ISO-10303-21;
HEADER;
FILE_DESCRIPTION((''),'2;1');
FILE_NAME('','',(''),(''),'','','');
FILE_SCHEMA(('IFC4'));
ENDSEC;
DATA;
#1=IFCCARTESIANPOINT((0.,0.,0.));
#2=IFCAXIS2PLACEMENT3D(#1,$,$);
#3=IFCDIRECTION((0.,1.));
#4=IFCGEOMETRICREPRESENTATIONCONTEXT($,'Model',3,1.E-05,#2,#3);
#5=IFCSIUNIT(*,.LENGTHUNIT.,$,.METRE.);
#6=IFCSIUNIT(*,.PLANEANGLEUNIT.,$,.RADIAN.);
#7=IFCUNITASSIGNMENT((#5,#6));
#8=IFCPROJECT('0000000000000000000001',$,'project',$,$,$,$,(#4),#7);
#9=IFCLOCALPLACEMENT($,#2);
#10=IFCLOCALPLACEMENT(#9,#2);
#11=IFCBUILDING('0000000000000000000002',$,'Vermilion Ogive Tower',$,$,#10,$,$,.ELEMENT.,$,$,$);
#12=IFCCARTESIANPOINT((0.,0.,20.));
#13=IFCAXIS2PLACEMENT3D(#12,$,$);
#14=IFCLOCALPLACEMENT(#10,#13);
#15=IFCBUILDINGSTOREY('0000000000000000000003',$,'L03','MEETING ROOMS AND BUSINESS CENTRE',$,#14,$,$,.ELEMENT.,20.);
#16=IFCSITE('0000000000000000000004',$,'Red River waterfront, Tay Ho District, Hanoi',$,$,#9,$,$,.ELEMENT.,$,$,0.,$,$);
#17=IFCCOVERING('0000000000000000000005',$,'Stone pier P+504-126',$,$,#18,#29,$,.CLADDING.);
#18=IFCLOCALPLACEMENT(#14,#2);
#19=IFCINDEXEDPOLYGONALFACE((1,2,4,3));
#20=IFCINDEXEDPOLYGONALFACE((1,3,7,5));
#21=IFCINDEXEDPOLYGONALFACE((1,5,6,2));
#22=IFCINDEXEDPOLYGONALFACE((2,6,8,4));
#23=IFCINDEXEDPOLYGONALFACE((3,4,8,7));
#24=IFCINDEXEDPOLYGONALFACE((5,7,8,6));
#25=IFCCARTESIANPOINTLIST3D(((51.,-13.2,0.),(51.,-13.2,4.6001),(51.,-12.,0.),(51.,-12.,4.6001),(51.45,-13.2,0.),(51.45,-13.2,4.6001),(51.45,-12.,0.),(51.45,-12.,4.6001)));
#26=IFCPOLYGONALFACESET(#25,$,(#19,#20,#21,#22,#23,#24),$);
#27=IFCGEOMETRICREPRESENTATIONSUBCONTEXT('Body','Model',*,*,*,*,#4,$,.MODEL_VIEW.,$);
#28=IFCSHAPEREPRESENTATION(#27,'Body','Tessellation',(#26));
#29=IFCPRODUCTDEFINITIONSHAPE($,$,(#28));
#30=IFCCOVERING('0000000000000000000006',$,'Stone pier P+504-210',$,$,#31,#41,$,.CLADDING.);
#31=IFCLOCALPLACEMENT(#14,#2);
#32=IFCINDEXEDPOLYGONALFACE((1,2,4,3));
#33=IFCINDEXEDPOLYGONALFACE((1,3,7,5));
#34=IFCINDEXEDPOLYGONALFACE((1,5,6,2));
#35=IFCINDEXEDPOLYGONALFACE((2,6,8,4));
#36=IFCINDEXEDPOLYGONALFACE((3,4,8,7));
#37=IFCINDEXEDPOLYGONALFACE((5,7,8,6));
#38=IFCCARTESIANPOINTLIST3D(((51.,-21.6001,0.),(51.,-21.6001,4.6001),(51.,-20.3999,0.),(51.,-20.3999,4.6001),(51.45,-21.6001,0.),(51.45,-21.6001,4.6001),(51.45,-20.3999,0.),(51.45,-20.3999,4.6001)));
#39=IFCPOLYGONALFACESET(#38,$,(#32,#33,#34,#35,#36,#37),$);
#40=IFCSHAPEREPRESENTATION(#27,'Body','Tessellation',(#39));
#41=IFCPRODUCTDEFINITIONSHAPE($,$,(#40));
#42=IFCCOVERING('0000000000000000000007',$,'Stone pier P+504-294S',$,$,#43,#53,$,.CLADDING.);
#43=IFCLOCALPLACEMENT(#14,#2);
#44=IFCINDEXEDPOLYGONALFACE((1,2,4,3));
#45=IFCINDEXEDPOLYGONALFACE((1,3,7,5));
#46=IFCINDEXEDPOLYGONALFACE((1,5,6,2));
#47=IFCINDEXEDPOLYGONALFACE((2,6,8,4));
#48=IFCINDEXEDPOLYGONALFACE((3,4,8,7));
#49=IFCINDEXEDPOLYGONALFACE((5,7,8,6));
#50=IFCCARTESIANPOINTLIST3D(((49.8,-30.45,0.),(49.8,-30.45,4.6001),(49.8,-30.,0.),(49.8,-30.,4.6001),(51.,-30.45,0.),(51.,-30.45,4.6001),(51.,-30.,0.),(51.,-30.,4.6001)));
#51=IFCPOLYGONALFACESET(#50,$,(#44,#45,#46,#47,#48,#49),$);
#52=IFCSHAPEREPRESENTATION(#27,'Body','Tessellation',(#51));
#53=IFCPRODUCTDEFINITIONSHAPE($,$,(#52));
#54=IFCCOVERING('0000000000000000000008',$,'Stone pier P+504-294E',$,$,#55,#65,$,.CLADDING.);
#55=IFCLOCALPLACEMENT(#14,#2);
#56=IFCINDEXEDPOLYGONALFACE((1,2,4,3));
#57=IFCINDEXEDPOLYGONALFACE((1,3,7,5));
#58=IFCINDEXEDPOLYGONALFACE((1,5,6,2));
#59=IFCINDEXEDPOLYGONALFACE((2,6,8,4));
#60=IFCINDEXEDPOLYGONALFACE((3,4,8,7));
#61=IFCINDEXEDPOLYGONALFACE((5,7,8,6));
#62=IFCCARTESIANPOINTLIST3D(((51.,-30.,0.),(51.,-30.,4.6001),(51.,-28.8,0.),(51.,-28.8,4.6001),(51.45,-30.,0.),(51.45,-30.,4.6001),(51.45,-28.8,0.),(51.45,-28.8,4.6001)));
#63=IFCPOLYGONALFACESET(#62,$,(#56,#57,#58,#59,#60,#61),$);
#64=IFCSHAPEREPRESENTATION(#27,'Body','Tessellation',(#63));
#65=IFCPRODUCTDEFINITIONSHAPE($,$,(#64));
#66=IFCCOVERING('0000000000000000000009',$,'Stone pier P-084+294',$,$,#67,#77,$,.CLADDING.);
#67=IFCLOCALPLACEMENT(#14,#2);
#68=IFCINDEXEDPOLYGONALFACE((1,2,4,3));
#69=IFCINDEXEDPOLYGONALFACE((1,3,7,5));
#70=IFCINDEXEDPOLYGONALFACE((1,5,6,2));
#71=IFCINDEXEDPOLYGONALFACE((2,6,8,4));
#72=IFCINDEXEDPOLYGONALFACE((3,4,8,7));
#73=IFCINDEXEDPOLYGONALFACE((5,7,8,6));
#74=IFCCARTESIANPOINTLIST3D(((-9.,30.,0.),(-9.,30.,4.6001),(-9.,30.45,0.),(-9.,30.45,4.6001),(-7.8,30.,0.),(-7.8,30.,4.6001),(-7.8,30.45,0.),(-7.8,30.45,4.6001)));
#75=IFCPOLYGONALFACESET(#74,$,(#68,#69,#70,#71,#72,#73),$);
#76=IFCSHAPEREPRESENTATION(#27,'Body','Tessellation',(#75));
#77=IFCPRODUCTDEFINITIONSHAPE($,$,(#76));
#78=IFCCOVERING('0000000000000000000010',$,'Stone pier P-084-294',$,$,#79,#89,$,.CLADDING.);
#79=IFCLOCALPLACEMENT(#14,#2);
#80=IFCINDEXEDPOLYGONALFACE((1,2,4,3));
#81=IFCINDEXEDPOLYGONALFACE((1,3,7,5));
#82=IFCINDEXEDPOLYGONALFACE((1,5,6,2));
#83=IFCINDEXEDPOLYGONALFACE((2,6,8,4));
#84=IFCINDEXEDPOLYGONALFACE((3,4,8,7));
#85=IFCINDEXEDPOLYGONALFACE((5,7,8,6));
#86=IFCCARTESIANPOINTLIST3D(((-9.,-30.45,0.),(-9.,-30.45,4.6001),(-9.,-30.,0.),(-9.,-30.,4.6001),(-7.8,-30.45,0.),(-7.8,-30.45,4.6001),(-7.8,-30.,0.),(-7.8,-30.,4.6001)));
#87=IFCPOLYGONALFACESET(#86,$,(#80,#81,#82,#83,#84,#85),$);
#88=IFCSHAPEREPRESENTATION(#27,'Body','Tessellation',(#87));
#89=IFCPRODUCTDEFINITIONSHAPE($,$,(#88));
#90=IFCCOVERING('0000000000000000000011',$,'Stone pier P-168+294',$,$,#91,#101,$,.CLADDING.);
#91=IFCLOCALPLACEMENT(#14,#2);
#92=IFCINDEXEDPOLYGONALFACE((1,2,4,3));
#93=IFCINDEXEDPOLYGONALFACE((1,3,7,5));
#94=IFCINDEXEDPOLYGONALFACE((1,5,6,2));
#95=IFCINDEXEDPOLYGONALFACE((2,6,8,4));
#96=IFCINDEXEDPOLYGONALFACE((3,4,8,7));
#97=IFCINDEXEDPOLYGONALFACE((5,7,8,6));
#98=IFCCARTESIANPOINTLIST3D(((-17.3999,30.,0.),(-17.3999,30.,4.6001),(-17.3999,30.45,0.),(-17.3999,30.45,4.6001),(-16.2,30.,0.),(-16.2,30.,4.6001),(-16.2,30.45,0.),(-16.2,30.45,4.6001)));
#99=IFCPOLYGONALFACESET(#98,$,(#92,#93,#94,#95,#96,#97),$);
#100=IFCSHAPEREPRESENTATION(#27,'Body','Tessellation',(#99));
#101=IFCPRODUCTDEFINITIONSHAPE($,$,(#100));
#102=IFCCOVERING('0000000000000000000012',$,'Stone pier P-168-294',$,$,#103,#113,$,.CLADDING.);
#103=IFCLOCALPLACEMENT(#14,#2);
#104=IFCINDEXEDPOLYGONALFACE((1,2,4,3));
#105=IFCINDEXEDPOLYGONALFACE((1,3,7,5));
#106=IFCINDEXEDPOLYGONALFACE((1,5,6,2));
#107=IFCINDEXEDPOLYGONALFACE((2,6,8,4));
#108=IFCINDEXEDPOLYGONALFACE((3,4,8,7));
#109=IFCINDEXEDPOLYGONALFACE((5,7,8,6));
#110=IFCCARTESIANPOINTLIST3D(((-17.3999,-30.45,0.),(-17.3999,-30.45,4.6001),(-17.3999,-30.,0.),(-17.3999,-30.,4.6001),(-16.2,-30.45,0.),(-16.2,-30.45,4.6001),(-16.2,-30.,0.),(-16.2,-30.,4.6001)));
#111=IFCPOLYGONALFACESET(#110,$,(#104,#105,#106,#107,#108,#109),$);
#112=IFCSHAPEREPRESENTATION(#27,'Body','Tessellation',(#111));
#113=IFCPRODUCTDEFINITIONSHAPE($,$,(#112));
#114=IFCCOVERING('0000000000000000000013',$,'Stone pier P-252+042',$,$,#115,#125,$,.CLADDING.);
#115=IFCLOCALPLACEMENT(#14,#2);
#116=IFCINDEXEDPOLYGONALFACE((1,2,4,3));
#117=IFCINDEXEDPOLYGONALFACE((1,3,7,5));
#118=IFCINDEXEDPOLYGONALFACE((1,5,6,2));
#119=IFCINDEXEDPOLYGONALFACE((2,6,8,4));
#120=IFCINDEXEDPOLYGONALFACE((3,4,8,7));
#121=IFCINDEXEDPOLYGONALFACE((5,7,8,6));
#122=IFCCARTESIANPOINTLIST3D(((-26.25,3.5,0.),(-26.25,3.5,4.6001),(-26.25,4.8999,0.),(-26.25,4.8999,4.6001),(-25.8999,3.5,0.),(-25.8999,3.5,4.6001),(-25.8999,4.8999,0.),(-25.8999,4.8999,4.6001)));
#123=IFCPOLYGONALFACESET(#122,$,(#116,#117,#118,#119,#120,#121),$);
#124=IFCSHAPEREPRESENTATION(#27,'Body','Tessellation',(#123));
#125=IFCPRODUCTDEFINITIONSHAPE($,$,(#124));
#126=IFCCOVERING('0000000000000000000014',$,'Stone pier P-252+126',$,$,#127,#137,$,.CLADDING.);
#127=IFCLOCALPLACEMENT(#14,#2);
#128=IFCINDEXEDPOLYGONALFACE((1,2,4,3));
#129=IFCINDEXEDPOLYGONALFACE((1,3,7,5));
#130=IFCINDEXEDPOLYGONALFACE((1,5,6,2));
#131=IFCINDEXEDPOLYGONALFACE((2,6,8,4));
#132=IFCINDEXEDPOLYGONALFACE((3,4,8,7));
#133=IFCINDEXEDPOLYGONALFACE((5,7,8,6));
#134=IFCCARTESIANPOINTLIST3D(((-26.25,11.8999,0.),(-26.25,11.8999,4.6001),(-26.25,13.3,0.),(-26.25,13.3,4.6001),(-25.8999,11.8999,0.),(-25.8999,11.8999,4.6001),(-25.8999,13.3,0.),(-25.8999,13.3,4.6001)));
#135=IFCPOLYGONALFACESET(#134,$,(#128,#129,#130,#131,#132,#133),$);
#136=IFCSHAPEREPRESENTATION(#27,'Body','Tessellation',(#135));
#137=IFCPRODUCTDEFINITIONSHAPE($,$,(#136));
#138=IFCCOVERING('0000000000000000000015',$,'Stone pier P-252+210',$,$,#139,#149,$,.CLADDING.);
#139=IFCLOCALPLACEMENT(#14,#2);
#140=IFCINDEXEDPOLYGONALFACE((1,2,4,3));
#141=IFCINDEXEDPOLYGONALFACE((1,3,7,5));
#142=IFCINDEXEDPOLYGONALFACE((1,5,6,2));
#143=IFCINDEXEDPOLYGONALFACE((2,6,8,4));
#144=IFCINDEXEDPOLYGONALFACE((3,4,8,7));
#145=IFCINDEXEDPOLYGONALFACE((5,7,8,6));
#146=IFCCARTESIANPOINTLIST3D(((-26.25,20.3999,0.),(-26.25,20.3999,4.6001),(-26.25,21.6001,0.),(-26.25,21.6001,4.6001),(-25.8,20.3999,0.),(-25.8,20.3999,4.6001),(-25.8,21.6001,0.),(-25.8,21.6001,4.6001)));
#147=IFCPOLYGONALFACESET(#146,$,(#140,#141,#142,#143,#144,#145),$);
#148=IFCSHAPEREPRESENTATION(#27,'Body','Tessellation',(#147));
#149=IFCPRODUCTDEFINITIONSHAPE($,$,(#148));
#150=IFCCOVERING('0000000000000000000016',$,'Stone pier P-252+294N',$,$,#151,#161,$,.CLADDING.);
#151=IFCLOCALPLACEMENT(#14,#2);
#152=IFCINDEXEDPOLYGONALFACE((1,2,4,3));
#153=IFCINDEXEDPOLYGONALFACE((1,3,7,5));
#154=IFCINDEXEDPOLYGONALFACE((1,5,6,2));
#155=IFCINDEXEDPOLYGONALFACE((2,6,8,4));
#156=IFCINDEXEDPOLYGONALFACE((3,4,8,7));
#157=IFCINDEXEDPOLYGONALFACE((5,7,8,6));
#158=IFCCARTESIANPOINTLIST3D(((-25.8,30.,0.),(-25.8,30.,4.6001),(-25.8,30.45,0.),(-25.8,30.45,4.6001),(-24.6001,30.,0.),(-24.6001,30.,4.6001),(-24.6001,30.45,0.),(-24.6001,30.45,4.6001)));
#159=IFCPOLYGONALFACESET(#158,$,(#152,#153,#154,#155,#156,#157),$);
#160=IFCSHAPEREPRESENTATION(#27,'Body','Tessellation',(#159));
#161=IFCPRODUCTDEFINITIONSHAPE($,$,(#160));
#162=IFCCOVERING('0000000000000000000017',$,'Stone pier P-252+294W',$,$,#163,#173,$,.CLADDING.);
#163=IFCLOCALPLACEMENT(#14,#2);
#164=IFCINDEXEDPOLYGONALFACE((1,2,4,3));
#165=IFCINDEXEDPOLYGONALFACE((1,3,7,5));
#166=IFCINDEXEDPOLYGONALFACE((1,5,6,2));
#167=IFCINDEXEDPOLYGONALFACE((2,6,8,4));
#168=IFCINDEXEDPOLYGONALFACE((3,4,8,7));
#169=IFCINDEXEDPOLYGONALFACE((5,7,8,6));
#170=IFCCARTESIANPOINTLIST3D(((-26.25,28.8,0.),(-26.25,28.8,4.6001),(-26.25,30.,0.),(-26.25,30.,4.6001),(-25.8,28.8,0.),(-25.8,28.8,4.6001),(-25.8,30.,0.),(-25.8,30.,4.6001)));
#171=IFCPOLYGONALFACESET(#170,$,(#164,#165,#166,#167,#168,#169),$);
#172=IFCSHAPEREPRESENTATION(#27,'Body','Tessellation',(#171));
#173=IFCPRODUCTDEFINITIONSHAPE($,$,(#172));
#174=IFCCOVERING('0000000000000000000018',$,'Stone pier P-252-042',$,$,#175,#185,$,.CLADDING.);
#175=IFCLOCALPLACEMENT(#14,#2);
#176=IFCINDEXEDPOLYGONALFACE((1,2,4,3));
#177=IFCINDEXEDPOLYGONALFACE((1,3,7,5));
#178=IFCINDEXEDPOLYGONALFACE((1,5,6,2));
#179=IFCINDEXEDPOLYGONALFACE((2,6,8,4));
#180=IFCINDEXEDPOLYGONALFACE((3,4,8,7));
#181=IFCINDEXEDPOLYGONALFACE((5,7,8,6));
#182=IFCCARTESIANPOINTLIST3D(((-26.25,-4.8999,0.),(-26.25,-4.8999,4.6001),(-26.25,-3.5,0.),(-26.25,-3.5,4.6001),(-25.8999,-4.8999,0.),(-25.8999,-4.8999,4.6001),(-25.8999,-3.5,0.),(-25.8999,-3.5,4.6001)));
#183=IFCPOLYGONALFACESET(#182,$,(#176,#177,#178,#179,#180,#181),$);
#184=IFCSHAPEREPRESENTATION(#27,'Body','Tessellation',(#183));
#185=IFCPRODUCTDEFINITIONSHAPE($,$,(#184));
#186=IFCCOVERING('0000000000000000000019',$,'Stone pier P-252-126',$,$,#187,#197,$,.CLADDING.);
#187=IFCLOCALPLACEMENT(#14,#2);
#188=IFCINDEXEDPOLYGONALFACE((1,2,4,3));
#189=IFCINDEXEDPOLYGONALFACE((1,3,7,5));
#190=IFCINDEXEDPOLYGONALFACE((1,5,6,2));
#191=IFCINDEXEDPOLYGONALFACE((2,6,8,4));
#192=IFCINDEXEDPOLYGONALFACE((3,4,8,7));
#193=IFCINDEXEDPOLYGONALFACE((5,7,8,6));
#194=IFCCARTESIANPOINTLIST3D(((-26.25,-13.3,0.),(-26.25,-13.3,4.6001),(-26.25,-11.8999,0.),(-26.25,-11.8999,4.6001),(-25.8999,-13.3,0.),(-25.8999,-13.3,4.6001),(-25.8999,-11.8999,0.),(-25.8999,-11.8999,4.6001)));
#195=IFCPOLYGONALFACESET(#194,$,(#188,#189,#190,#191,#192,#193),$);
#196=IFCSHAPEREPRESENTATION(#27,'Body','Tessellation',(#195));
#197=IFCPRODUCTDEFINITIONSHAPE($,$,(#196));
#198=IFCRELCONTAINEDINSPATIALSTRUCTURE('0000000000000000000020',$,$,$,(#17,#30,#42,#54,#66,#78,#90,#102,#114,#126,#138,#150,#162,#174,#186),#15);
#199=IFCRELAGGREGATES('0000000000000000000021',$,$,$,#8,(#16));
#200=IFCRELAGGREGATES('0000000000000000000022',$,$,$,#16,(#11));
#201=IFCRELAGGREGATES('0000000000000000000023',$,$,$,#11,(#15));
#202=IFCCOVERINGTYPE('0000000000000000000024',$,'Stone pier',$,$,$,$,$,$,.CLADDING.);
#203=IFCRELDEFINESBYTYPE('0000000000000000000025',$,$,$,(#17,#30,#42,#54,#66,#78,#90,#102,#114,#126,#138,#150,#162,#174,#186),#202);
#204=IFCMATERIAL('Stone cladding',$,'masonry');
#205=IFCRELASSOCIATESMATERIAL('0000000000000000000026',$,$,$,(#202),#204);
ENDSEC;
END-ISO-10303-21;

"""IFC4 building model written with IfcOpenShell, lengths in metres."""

from ifc_helpers import new_model, si_unit, direction, frame, origin, place, context, subcontext, project, spatial, polyline, outline, extrude, material, type_object, element, save


model = new_model("IFC4")

# Units and contexts
model_context = context("Model", 3, precision=1e-05, world=origin(), true_north=direction((0.0, 1.0)))
body_context = subcontext(model_context, "Body", "Model", "MODEL_VIEW")
ifc_project = project(units=[si_unit("LENGTHUNIT", "METRE"), si_unit("PLANEANGLEUNIT", "RADIAN")], contexts=[model_context])

# Site, building, storey
site_placement = place(None, origin())
site = spatial("IfcSite", under=ifc_project, at=site_placement, Name="Red River waterfront, Tay Ho District, Hanoi", CompositionType="ELEMENT", RefElevation=0.0)
building_placement = place(site_placement, origin())
building = spatial("IfcBuilding", under=site, at=building_placement, Name="Vermilion Ogive Tower", CompositionType="ELEMENT")
storey_placement = place(building_placement, frame((0.0, 0.0, 20.0)))
storey = spatial("IfcBuildingStorey", under=building, at=storey_placement, Name="L03", Description="MEETING ROOMS AND BUSINESS CENTRE", CompositionType="ELEMENT", Elevation=20.0)

# Coverings
ifc_material_1 = material(Name="Stone cladding", Category="masonry")
covering_type = type_object("IfcCoveringType", Name="Stone pier", PredefinedType="CLADDING", material=ifc_material_1)
covering_1_placement = place(storey_placement, origin())
element("IfcCovering", 1, at=covering_1_placement, inside=storey, type_object=covering_type, Name="Stone pier P+504-126", PredefinedType="CLADDING", context=body_context, shape_type="SweptSolid", body=[
    extrude(outline(polyline([(51.0, -12.0), (51.45, -12.0), (51.45, -13.2), (51.0, -13.2), (51.0, -13.2), (51.0, -12.0)])), origin(), (0.0, 0.0, 1.0), 4.6001),
])
covering_2_placement = place(storey_placement, origin())
element("IfcCovering", 2, at=covering_2_placement, inside=storey, type_object=covering_type, Name="Stone pier P+504-210", PredefinedType="CLADDING", context=body_context, shape_type="SweptSolid", body=[
    extrude(outline(polyline([(51.45, -20.3999), (51.45, -21.6001), (51.0, -21.6001), (51.0, -20.3999), (51.45, -20.3999)])), origin(), (0.0, 0.0, 1.0), 4.6001),
])
covering_3_placement = place(storey_placement, origin())
element("IfcCovering", 3, at=covering_3_placement, inside=storey, type_object=covering_type, Name="Stone pier P+504-294S", PredefinedType="CLADDING", context=body_context, shape_type="SweptSolid", body=[
    extrude(outline(polyline([(51.0, -30.45), (49.8, -30.45), (49.8, -30.0), (51.0, -30.0), (51.0, -30.45)])), origin(), (0.0, 0.0, 1.0), 4.6001),
])
covering_4_placement = place(storey_placement, origin())
element("IfcCovering", 4, at=covering_4_placement, inside=storey, type_object=covering_type, Name="Stone pier P+504-294E", PredefinedType="CLADDING", context=body_context, shape_type="SweptSolid", body=[
    extrude(outline(polyline([(51.45, -30.0), (51.0, -30.0), (51.0, -28.8), (51.45, -28.8), (51.45, -30.0)])), origin(), (0.0, 0.0, 1.0), 4.6001),
])
covering_5_placement = place(storey_placement, origin())
element("IfcCovering", 5, at=covering_5_placement, inside=storey, type_object=covering_type, Name="Stone pier P-084+294", PredefinedType="CLADDING", context=body_context, shape_type="SweptSolid", body=[
    extrude(outline(polyline([(-9.0, 30.0), (-9.0, 30.45), (-7.8, 30.45), (-7.8, 30.0), (-7.8, 30.0), (-9.0, 30.0)])), origin(), (0.0, 0.0, 1.0), 4.6001),
])
covering_6_placement = place(storey_placement, origin())
element("IfcCovering", 6, at=covering_6_placement, inside=storey, type_object=covering_type, Name="Stone pier P-084-294", PredefinedType="CLADDING", context=body_context, shape_type="SweptSolid", body=[
    extrude(outline(polyline([(-7.8, -30.0), (-7.8, -30.45), (-9.0, -30.45), (-9.0, -30.0), (-9.0, -30.0), (-7.8, -30.0)])), origin(), (0.0, 0.0, 1.0), 4.6001),
])
covering_7_placement = place(storey_placement, origin())
element("IfcCovering", 7, at=covering_7_placement, inside=storey, type_object=covering_type, Name="Stone pier P-168+294", PredefinedType="CLADDING", context=body_context, shape_type="SweptSolid", body=[
    extrude(outline(polyline([(-17.3999, 30.45), (-16.2, 30.45), (-16.2, 30.0), (-17.3999, 30.0), (-17.3999, 30.45)])), origin(), (0.0, 0.0, 1.0), 4.6001),
])
covering_8_placement = place(storey_placement, origin())
element("IfcCovering", 8, at=covering_8_placement, inside=storey, type_object=covering_type, Name="Stone pier P-168-294", PredefinedType="CLADDING", context=body_context, shape_type="SweptSolid", body=[
    extrude(outline(polyline([(-16.2, -30.45), (-17.3999, -30.45), (-17.3999, -30.0), (-16.2, -30.0), (-16.2, -30.45)])), origin(), (0.0, 0.0, 1.0), 4.6001),
])
covering_9_placement = place(storey_placement, origin())
element("IfcCovering", 9, at=covering_9_placement, inside=storey, type_object=covering_type, Name="Stone pier P-252+042", PredefinedType="CLADDING", context=body_context, shape_type="SweptSolid", body=[
    extrude(outline(polyline([(-26.25, 3.5), (-26.25, 4.8999), (-25.8999, 4.8999), (-25.8999, 3.5), (-26.25, 3.5)])), origin(), (0.0, 0.0, 1.0), 4.6001),
])
covering_10_placement = place(storey_placement, origin())
element("IfcCovering", 10, at=covering_10_placement, inside=storey, type_object=covering_type, Name="Stone pier P-252+126", PredefinedType="CLADDING", context=body_context, shape_type="SweptSolid", body=[
    extrude(outline(polyline([(-25.8999, 11.8999), (-26.25, 11.8999), (-26.25, 13.3), (-25.8999, 13.3), (-25.8999, 13.3), (-25.8999, 11.8999)])), origin(), (0.0, 0.0, 1.0), 4.6001),
])
covering_11_placement = place(storey_placement, origin())
element("IfcCovering", 11, at=covering_11_placement, inside=storey, type_object=covering_type, Name="Stone pier P-252+210", PredefinedType="CLADDING", context=body_context, shape_type="SweptSolid", body=[
    extrude(outline(polyline([(-26.25, 20.3999), (-26.25, 21.6001), (-25.8, 21.6001), (-25.8, 20.3999), (-26.25, 20.3999)])), origin(), (0.0, 0.0, 1.0), 4.6001),
])
covering_12_placement = place(storey_placement, origin())
element("IfcCovering", 12, at=covering_12_placement, inside=storey, type_object=covering_type, Name="Stone pier P-252+294N", PredefinedType="CLADDING", context=body_context, shape_type="SweptSolid", body=[
    extrude(outline(polyline([(-25.8, 30.45), (-24.6001, 30.45), (-24.6001, 30.0), (-25.8, 30.0), (-25.8, 30.45)])), origin(), (0.0, 0.0, 1.0), 4.6001),
])
covering_13_placement = place(storey_placement, origin())
element("IfcCovering", 13, at=covering_13_placement, inside=storey, type_object=covering_type, Name="Stone pier P-252+294W", PredefinedType="CLADDING", context=body_context, shape_type="SweptSolid", body=[
    extrude(outline(polyline([(-26.25, 30.0), (-25.8, 30.0), (-25.8, 28.8), (-26.25, 28.8), (-26.25, 30.0)])), origin(), (0.0, 0.0, 1.0), 4.6001),
])
covering_14_placement = place(storey_placement, origin())
element("IfcCovering", 14, at=covering_14_placement, inside=storey, type_object=covering_type, Name="Stone pier P-252-042", PredefinedType="CLADDING", context=body_context, shape_type="SweptSolid", body=[
    extrude(outline(polyline([(-25.8999, -4.8999), (-26.25, -4.8999), (-26.25, -3.5), (-25.8999, -3.5), (-25.8999, -4.8999), (-25.8999, -4.8999)])), origin(), (0.0, 0.0, 1.0), 4.6001),
])
covering_15_placement = place(storey_placement, origin())
element("IfcCovering", 15, at=covering_15_placement, inside=storey, type_object=covering_type, Name="Stone pier P-252-126", PredefinedType="CLADDING", context=body_context, shape_type="SweptSolid", body=[
    extrude(outline(polyline([(-25.8999, -13.3), (-25.8999, -13.3), (-26.25, -13.3), (-26.25, -11.8999), (-25.8999, -11.8999), (-25.8999, -11.8999), (-25.8999, -13.3)])), origin(), (0.0, 0.0, 1.0), 4.6001),
])

save(model, "model.ifc")
